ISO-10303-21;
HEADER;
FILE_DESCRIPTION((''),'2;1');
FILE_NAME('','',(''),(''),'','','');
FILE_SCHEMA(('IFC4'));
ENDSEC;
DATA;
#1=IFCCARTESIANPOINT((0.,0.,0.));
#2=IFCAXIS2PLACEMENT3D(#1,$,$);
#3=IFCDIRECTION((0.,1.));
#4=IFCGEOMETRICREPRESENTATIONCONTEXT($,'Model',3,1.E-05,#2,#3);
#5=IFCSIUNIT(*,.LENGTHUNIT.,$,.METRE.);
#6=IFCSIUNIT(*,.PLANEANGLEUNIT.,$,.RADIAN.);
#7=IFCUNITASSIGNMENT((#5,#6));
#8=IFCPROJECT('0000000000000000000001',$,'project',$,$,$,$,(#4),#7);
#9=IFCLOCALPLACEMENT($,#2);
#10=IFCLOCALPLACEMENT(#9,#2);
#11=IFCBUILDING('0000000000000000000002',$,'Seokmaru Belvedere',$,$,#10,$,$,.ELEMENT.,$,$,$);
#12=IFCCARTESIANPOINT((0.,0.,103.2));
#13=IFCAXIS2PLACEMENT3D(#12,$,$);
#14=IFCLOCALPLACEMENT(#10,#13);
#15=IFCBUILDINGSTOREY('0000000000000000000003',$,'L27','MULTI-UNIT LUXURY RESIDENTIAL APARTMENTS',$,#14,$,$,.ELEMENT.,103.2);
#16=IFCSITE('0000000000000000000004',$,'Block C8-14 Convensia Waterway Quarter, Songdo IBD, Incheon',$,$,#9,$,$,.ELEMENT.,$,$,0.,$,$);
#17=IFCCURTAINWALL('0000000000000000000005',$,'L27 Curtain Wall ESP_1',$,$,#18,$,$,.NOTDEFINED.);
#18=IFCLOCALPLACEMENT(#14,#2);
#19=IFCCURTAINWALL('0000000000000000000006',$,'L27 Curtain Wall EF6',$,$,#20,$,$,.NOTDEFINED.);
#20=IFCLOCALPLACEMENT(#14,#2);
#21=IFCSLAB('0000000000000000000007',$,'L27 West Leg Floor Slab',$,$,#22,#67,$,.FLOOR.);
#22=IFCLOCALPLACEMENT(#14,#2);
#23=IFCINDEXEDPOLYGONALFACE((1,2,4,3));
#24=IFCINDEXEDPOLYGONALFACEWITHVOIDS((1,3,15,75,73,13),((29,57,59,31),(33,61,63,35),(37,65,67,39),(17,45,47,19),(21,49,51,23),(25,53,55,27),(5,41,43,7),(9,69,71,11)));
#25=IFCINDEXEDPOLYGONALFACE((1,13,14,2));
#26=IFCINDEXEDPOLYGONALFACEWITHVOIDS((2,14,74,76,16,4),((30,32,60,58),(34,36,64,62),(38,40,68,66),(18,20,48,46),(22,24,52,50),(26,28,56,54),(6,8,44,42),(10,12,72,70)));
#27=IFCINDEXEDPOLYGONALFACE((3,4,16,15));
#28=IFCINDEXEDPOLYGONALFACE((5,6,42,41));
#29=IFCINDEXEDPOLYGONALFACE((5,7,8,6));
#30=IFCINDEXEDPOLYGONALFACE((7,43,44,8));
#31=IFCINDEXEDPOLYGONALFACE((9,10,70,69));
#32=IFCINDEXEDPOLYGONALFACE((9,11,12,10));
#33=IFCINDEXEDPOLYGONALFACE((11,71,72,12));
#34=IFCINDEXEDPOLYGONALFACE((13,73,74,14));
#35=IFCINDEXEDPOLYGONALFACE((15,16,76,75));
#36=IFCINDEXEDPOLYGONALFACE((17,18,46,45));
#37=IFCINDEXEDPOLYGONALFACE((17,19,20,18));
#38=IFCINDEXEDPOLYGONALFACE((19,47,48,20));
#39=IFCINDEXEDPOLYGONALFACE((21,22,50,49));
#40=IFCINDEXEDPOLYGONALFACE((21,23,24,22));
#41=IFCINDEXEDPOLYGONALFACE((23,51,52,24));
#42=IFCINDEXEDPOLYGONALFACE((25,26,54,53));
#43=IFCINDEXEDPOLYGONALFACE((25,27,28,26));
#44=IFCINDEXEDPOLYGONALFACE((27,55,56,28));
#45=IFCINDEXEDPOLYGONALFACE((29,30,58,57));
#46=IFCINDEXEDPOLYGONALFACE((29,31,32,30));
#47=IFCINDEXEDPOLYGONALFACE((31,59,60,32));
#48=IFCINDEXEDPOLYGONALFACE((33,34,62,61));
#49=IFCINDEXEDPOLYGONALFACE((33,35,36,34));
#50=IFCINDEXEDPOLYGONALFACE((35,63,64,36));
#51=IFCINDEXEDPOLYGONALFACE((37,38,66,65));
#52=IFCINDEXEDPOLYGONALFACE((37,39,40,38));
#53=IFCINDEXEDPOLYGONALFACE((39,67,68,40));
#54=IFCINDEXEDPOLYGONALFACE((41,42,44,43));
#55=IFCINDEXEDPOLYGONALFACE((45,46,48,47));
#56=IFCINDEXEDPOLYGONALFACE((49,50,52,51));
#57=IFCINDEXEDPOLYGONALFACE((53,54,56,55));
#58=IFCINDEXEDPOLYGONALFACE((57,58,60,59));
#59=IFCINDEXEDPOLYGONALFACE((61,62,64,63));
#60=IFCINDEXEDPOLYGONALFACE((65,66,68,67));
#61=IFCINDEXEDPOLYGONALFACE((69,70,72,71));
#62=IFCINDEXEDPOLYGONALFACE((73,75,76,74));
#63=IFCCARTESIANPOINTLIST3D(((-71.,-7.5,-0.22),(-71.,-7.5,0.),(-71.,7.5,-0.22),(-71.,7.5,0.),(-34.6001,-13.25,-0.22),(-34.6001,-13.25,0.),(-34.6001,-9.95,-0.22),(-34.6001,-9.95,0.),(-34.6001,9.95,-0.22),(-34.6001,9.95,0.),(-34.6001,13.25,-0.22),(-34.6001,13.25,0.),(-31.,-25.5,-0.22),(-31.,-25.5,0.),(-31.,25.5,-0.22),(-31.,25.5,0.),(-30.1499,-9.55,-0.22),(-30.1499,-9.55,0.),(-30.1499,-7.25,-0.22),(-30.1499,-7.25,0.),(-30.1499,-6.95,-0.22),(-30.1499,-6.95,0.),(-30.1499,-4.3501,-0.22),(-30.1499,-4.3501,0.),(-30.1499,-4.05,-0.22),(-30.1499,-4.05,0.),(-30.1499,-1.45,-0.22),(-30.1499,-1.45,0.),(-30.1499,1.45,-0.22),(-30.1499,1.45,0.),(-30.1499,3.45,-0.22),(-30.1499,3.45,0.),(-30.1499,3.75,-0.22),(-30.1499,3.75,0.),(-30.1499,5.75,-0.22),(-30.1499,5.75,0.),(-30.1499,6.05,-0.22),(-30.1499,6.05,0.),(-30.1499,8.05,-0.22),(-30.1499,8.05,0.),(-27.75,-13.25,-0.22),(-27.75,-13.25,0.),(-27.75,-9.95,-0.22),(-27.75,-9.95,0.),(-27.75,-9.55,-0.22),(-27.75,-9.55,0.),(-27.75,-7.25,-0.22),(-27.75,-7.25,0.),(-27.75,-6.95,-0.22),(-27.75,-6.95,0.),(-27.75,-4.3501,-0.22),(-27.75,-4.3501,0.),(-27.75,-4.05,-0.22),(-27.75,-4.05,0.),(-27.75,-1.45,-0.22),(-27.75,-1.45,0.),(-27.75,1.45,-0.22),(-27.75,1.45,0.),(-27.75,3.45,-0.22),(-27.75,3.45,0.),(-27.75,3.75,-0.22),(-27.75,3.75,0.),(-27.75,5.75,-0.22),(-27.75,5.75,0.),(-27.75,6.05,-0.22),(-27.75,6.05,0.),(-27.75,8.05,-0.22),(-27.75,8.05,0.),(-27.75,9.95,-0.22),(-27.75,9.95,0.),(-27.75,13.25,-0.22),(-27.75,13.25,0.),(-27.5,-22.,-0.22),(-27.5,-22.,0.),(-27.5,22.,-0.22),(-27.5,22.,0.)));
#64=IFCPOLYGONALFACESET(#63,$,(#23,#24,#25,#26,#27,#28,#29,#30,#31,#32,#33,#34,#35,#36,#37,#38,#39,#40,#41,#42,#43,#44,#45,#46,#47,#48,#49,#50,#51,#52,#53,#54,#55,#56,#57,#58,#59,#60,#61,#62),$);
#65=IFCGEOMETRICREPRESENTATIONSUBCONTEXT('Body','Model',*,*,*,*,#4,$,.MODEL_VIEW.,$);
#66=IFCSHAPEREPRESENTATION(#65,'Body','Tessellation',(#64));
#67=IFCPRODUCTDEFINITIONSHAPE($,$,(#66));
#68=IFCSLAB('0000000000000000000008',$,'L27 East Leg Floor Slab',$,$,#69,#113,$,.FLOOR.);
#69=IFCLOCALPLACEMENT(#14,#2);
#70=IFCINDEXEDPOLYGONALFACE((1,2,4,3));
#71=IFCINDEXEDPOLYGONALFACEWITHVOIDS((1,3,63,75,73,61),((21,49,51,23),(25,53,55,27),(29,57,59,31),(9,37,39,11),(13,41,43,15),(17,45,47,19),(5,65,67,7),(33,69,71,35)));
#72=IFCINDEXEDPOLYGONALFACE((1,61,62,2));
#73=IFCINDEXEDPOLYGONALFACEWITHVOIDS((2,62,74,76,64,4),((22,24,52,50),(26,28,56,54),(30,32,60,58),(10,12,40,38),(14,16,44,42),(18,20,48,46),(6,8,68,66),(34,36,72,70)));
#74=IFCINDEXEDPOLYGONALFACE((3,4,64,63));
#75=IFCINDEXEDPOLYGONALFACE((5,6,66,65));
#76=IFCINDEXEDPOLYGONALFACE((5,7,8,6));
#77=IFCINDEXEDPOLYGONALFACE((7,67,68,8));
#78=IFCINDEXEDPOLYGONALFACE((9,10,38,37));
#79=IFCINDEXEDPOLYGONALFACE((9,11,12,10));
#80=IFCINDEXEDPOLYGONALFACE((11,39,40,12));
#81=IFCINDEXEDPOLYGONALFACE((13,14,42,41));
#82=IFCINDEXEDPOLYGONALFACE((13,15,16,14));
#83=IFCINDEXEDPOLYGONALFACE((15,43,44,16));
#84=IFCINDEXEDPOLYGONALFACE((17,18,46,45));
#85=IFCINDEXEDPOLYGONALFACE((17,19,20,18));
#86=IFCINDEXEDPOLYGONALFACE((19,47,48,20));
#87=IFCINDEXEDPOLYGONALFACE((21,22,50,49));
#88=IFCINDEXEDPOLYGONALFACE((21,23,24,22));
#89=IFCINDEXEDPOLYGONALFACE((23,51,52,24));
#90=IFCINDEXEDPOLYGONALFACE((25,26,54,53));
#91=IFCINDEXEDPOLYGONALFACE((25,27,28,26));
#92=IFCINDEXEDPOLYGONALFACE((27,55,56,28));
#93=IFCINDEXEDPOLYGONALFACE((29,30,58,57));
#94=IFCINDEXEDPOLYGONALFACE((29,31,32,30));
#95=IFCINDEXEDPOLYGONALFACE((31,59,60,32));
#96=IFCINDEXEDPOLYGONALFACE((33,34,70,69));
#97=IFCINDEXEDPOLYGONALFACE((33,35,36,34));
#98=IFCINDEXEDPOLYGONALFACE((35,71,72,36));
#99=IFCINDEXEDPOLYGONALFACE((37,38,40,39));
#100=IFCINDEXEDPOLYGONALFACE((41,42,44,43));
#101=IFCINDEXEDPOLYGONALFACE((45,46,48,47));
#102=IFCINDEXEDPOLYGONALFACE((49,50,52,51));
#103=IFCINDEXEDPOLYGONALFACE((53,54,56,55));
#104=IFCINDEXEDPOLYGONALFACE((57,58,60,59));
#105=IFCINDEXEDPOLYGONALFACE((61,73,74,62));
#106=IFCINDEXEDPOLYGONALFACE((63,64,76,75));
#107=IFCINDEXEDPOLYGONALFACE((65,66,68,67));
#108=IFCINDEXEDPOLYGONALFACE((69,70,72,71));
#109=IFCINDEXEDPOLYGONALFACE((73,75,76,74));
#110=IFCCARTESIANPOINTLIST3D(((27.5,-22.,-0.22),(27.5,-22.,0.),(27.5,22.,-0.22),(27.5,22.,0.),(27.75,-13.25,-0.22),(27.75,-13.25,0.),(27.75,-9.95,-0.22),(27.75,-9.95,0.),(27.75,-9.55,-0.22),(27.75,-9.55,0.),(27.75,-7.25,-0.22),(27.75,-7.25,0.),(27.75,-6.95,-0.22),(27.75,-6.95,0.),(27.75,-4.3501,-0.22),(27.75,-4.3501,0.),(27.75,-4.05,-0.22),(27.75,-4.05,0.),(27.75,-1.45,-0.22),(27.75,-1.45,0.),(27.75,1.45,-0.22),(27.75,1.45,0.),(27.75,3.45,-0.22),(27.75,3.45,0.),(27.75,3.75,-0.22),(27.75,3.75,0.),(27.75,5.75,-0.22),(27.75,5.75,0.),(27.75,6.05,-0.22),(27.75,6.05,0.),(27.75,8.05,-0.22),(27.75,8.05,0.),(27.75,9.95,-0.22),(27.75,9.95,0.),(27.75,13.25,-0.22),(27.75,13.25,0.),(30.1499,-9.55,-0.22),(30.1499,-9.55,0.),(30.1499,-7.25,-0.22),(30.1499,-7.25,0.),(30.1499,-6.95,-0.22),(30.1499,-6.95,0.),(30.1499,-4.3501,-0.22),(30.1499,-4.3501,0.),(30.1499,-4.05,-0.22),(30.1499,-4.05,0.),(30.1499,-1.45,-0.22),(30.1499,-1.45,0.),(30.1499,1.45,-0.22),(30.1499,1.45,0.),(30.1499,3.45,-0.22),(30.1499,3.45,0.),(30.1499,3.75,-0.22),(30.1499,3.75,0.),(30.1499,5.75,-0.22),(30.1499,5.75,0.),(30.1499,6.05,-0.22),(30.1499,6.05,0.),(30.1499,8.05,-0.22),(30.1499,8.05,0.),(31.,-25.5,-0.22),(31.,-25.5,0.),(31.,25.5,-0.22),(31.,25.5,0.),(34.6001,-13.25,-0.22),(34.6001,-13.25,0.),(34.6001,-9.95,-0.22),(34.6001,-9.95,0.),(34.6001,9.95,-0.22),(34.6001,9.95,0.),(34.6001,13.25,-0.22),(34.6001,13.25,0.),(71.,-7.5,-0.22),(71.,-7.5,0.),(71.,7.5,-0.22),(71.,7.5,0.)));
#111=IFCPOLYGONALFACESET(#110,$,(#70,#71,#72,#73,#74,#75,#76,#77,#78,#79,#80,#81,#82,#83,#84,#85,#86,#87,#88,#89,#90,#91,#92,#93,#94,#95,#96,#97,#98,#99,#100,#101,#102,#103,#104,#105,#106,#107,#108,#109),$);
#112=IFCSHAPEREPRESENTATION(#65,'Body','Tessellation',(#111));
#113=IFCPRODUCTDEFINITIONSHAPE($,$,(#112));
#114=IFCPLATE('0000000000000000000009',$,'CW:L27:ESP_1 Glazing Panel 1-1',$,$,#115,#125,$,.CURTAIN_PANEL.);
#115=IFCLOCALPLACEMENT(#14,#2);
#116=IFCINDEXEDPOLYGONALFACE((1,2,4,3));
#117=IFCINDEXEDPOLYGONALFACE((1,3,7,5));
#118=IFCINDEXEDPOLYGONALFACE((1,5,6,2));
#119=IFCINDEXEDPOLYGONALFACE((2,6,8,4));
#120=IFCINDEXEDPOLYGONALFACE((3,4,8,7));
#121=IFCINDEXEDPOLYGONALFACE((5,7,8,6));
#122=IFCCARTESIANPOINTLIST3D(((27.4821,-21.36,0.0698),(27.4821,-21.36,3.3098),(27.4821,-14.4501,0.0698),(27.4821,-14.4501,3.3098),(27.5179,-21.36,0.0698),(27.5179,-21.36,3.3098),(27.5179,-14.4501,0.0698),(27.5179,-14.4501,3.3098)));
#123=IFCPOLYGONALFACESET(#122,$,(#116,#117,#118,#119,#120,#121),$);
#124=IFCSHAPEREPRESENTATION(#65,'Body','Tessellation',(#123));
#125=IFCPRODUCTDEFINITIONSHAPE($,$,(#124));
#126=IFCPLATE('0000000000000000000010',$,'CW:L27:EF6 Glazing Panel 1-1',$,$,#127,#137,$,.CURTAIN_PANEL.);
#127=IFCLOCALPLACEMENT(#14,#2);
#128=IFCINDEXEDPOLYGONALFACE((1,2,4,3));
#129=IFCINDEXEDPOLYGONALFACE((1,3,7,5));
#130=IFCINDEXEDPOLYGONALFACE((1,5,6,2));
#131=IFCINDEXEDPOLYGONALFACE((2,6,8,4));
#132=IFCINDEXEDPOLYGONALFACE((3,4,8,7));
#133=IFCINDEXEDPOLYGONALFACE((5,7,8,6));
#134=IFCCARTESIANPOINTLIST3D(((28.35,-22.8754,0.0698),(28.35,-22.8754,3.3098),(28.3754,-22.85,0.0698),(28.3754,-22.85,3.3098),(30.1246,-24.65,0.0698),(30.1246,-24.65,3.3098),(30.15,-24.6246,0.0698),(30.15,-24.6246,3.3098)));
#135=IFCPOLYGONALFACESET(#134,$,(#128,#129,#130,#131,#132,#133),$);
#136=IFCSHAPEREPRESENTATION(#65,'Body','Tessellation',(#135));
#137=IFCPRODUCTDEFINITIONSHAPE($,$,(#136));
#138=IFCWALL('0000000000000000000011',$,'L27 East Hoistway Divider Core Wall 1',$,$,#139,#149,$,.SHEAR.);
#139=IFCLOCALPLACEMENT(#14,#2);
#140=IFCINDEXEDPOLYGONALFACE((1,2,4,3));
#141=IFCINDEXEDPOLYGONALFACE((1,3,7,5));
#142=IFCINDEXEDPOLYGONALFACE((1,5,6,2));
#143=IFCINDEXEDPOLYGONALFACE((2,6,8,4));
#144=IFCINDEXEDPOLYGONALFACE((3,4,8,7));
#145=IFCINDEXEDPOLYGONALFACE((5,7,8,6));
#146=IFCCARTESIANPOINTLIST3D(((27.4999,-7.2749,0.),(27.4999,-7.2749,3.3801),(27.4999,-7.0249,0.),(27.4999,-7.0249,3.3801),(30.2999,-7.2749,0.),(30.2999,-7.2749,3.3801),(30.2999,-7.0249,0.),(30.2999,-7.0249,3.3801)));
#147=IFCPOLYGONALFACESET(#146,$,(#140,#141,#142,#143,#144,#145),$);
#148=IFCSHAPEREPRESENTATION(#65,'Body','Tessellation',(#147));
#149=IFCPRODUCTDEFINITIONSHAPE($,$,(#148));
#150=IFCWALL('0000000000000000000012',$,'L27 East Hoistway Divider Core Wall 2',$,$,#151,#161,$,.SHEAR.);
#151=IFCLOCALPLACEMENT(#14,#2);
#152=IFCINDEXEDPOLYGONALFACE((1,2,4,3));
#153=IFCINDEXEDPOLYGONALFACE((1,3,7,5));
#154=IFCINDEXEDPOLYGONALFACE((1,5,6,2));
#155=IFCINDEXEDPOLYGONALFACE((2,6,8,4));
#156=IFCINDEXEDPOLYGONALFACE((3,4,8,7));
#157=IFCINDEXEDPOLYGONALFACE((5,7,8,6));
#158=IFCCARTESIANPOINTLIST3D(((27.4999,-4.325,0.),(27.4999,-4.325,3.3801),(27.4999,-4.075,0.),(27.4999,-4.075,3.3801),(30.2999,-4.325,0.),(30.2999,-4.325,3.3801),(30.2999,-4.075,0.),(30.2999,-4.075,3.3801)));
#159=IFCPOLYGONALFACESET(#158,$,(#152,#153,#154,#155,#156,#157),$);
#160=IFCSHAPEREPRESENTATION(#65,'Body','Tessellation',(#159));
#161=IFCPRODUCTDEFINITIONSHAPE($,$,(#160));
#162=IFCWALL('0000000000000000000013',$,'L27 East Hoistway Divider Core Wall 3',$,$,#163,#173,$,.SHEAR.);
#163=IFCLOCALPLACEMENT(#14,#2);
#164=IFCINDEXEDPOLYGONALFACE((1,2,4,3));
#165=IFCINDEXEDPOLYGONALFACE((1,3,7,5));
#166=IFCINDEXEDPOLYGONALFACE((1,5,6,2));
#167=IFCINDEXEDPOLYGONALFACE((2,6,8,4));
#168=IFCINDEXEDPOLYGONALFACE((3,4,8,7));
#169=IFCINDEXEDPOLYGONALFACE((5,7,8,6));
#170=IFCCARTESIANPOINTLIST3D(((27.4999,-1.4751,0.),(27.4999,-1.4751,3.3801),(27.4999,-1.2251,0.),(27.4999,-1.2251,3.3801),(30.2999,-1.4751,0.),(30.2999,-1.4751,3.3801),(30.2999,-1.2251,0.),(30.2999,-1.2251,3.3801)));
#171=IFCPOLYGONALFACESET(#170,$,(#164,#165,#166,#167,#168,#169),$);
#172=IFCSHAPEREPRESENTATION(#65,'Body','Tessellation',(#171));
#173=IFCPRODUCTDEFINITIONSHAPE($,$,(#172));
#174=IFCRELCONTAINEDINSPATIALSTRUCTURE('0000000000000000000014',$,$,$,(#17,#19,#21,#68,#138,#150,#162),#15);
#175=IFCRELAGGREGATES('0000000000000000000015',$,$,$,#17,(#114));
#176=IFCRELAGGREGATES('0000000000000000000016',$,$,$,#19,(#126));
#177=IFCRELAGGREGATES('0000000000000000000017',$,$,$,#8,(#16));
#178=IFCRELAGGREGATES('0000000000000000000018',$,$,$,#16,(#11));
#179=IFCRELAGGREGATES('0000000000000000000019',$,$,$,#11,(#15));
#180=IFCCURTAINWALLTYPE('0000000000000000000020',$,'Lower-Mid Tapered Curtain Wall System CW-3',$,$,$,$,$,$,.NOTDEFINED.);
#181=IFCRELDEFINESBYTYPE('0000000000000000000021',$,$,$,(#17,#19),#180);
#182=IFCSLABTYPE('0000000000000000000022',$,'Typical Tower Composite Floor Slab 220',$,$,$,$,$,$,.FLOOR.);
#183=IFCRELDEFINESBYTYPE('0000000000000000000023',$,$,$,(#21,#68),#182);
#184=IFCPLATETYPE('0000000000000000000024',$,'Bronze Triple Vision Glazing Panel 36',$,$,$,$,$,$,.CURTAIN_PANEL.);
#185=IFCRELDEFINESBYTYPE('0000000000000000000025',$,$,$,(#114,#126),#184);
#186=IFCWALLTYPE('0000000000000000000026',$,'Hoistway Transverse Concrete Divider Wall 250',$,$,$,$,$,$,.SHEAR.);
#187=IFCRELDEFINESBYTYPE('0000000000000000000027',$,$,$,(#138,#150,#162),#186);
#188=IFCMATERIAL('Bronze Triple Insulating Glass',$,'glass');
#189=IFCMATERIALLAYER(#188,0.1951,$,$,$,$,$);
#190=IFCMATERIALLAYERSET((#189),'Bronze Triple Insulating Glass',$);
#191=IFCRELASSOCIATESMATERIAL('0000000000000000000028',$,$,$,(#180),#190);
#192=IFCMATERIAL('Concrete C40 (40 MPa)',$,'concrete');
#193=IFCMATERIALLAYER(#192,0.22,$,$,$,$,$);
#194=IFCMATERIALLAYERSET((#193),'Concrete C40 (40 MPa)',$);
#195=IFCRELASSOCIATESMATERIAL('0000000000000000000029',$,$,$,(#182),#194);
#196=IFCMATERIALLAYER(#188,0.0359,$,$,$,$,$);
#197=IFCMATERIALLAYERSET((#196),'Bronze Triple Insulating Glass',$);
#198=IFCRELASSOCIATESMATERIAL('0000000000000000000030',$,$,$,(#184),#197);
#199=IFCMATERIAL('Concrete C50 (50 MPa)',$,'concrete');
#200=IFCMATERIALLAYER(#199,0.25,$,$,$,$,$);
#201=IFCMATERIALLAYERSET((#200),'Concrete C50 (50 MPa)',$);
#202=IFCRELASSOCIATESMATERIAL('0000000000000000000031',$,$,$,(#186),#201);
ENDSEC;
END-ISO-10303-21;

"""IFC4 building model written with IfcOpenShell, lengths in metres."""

from ifc_helpers import new_model, si_unit, direction, frame, frame_2d, origin, origin_2d, place, context, subcontext, project, spatial, polyline, rectangle, outline, extrude, source, transform, mapped, material, layer, layer_set, type_object, type_shapes, element, aggregate, save


model = new_model("IFC4")

# Units and contexts
model_context = context("Model", 3, precision=1e-05, world=origin(), true_north=direction((0.0, 1.0)))
body_context = subcontext(model_context, "Body", "Model", "MODEL_VIEW")
ifc_project = project(units=[si_unit("LENGTHUNIT", "METRE"), si_unit("PLANEANGLEUNIT", "RADIAN")], contexts=[model_context])

# Site, building, storey
site_placement = place(None, origin())
site = spatial("IfcSite", under=ifc_project, at=site_placement, Name="Block C8-14 Convensia Waterway Quarter, Songdo IBD, Incheon", CompositionType="ELEMENT", RefElevation=0.0)
building_placement = place(site_placement, origin())
building = spatial("IfcBuilding", under=site, at=building_placement, Name="Seokmaru Belvedere", CompositionType="ELEMENT")
storey_placement = place(building_placement, frame((0.0, 0.0, 103.2)))
storey = spatial("IfcBuildingStorey", under=building, at=storey_placement, Name="L27", Description="MULTI-UNIT LUXURY RESIDENTIAL APARTMENTS", CompositionType="ELEMENT", Elevation=103.2)

# Curtain walls
ifc_material_1 = material(Name="Bronze Triple Insulating Glass", Category="glass")
ifc_layer_1 = layer(ifc_material_1, 0.1951)
ifc_layer_set_1 = layer_set([ifc_layer_1], Name="Bronze Triple Insulating Glass")
curtain_wall_type = type_object("IfcCurtainWallType", Name="Lower-Mid Tapered Curtain Wall System CW-3", PredefinedType="NOTDEFINED", material=ifc_layer_set_1)
curtain_wall_1_placement = place(storey_placement, origin())
curtain_wall_1 = element("IfcCurtainWall", 1, at=curtain_wall_1_placement, inside=storey, type_object=curtain_wall_type, Name="L27 Curtain Wall ESP_1", PredefinedType="NOTDEFINED")
curtain_wall_2_placement = place(storey_placement, origin())
curtain_wall_2 = element("IfcCurtainWall", 2, at=curtain_wall_2_placement, inside=storey, type_object=curtain_wall_type, Name="L27 Curtain Wall EF6", PredefinedType="NOTDEFINED")

# Shared definitions
ifc_material_2 = material(Name="Concrete C40 (40 MPa)", Category="concrete")

# Slabs
ifc_layer_2 = layer(ifc_material_2, 0.22)
ifc_layer_set_2 = layer_set([ifc_layer_2], Name="Concrete C40 (40 MPa)")
slab_type_1 = type_object("IfcSlabType", Name="Typical Tower Composite Floor Slab 220", PredefinedType="FLOOR", material=ifc_layer_set_2)
slab_1_placement = place(storey_placement, frame((0.0, 0.0, -0.22)))
element("IfcSlab", 3, at=slab_1_placement, inside=storey, type_object=slab_type_1, Name="L27 West Leg Floor Slab", PredefinedType="FLOOR", context=body_context, shape_type="SweptSolid", body=[
    extrude(outline(polyline([(-27.5, -22.0), (-27.5, 22.0), (-31.0, 25.5), (-71.0, 7.5), (-71.0, -7.5), (-31.0, -25.5), (-27.5, -22.0)]), holes=[polyline([(-34.6001, -13.25), (-27.75, -13.25), (-27.75, -9.95), (-34.6001, -9.95), (-34.6001, -13.25)]), polyline([(-34.6001, 9.95), (-27.75, 9.95), (-27.75, 13.25), (-34.6001, 13.25), (-34.6001, 9.95)]), polyline([(-30.1499, -9.55), (-27.75, -9.55), (-27.75, -7.25), (-30.1499, -7.25), (-30.1499, -9.55)]), polyline([(-30.1499, -6.95), (-27.75, -6.95), (-27.75, -4.3501), (-30.1499, -4.3501), (-30.1499, -6.95)]), polyline([(-30.1499, -4.05), (-27.75, -4.05), (-27.75, -1.45), (-30.1499, -1.45), (-30.1499, -4.05)]), polyline([(-30.1499, 1.45), (-27.75, 1.45), (-27.75, 3.45), (-30.1499, 3.45), (-30.1499, 1.45)]), polyline([(-30.1499, 3.75), (-27.75, 3.75), (-27.75, 5.75), (-30.1499, 5.75), (-30.1499, 3.75)]), polyline([(-30.1499, 6.05), (-27.75, 6.05), (-27.75, 8.05), (-30.1499, 8.05), (-30.1499, 6.05)])]), origin(), (0.0, 0.0, 1.0), 0.22),
])
slab_2_placement = place(storey_placement, frame((0.0, 0.0, -0.22)))
element("IfcSlab", 4, at=slab_2_placement, inside=storey, type_object=slab_type_1, Name="L27 East Leg Floor Slab", PredefinedType="FLOOR", context=body_context, shape_type="SweptSolid", body=[
    extrude(outline(polyline([(31.0, -25.5), (71.0, -7.5), (71.0, 7.5), (31.0, 25.5), (27.5, 22.0), (27.5, -22.0), (31.0, -25.5)]), holes=[polyline([(27.75, -13.25), (34.6001, -13.25), (34.6001, -9.95), (27.75, -9.95), (27.75, -13.25)]), polyline([(27.75, 9.95), (34.6001, 9.95), (34.6001, 13.25), (27.75, 13.25), (27.75, 9.95)]), polyline([(27.75, -9.55), (30.1499, -9.55), (30.1499, -7.25), (27.75, -7.25), (27.75, -9.55)]), polyline([(27.75, -6.95), (30.1499, -6.95), (30.1499, -4.3501), (27.75, -4.3501), (27.75, -6.95)]), polyline([(27.75, -4.05), (30.1499, -4.05), (30.1499, -1.45), (27.75, -1.45), (27.75, -4.05)]), polyline([(27.75, 1.45), (30.1499, 1.45), (30.1499, 3.45), (27.75, 3.45), (27.75, 1.45)]), polyline([(27.75, 3.75), (30.1499, 3.75), (30.1499, 5.75), (27.75, 5.75), (27.75, 3.75)]), polyline([(27.75, 6.05), (30.1499, 6.05), (30.1499, 8.05), (27.75, 8.05), (27.75, 6.05)])]), origin(), (0.0, 0.0, 1.0), 0.22),
])

# Plates
ifc_layer_3 = layer(ifc_material_1, 0.0359)
ifc_layer_set_3 = layer_set([ifc_layer_3], Name="Bronze Triple Insulating Glass")
plate_type = type_object("IfcPlateType", Name="Bronze Triple Vision Glazing Panel 36", PredefinedType="CURTAIN_PANEL", material=ifc_layer_set_3)
shared_shape_1 = source(origin(), body_context, "Body", "SweptSolid", [
    extrude(rectangle(XDim=6.9099, YDim=0.0359, at=origin_2d()), origin(), (0.0, 0.0, 1.0), 3.24),
])
plate_1_placement = place(storey_placement, frame((27.5, -17.905, 0.0698), z_axis=(0.0, 0.0, 1.0), x_axis=(0.0, -1.0, 0.0)))
plate_1 = element("IfcPlate", 5, at=plate_1_placement, type_object=plate_type, Name="CW:L27:ESP_1 Glazing Panel 1-1", PredefinedType="CURTAIN_PANEL", context=body_context, shape_type="MappedRepresentation", body=[
    mapped(shared_shape_1, transform((0.0, 0.0, 0.0), scale=1.0)),
])
aggregate(curtain_wall_1, [plate_1])
shared_shape_2 = source(origin(), body_context, "Body", "SweptSolid", [
    extrude(rectangle(XDim=2.5098, YDim=0.0359, at=origin_2d()), origin(), (0.0, 0.0, 1.0), 3.24),
])
type_shapes(plate_type, [shared_shape_1, shared_shape_2])
plate_2_placement = place(storey_placement, frame((29.25, -23.75, 0.0698), z_axis=(0.0, 0.0, 1.0), x_axis=(0.707107, -0.707107, 0.0)))
plate_2 = element("IfcPlate", 6, at=plate_2_placement, type_object=plate_type, Name="CW:L27:EF6 Glazing Panel 1-1", PredefinedType="CURTAIN_PANEL", context=body_context, shape_type="MappedRepresentation", body=[
    mapped(shared_shape_2, transform((0.0, 0.0, 0.0), scale=1.0)),
])
aggregate(curtain_wall_2, [plate_2])

# Walls
ifc_material_3 = material(Name="Concrete C50 (50 MPa)", Category="concrete")
ifc_layer_4 = layer(ifc_material_3, 0.25)
ifc_layer_set_4 = layer_set([ifc_layer_4], Name="Concrete C50 (50 MPa)")
wall_type_1 = type_object("IfcWallType", Name="Hoistway Transverse Concrete Divider Wall 250", PredefinedType="SHEAR", material=ifc_layer_set_4)
for number, where, z_axis, x_axis, name in (
    (7, (27.5, -7.1499, 0.0), (0.0, 0.0, 1.0), (1.0, 0.0, 0.0), "L27 East Hoistway Divider Core Wall 1"),
    (8, (27.5, -4.2, 0.0), (0.0, 0.0, 1.0), (1.0, 0.0, 0.0), "L27 East Hoistway Divider Core Wall 2"),
    (9, (27.5, -1.3501, 0.0), (0.0, 0.0, 1.0), (1.0, 0.0, 0.0), "L27 East Hoistway Divider Core Wall 3"),
):
    element("IfcWall", number, at=place(storey_placement, frame(where, z_axis=z_axis, x_axis=x_axis)), inside=storey, type_object=wall_type_1, Name=name, PredefinedType="SHEAR", context=body_context, shape_type="SweptSolid", body=[
        extrude(rectangle(XDim=2.8, YDim=0.25, at=frame_2d((1.3999, 0.0))), origin(), (0.0, 0.0, 1.0), 3.3801),
    ])

save(model, "model.ifc")
